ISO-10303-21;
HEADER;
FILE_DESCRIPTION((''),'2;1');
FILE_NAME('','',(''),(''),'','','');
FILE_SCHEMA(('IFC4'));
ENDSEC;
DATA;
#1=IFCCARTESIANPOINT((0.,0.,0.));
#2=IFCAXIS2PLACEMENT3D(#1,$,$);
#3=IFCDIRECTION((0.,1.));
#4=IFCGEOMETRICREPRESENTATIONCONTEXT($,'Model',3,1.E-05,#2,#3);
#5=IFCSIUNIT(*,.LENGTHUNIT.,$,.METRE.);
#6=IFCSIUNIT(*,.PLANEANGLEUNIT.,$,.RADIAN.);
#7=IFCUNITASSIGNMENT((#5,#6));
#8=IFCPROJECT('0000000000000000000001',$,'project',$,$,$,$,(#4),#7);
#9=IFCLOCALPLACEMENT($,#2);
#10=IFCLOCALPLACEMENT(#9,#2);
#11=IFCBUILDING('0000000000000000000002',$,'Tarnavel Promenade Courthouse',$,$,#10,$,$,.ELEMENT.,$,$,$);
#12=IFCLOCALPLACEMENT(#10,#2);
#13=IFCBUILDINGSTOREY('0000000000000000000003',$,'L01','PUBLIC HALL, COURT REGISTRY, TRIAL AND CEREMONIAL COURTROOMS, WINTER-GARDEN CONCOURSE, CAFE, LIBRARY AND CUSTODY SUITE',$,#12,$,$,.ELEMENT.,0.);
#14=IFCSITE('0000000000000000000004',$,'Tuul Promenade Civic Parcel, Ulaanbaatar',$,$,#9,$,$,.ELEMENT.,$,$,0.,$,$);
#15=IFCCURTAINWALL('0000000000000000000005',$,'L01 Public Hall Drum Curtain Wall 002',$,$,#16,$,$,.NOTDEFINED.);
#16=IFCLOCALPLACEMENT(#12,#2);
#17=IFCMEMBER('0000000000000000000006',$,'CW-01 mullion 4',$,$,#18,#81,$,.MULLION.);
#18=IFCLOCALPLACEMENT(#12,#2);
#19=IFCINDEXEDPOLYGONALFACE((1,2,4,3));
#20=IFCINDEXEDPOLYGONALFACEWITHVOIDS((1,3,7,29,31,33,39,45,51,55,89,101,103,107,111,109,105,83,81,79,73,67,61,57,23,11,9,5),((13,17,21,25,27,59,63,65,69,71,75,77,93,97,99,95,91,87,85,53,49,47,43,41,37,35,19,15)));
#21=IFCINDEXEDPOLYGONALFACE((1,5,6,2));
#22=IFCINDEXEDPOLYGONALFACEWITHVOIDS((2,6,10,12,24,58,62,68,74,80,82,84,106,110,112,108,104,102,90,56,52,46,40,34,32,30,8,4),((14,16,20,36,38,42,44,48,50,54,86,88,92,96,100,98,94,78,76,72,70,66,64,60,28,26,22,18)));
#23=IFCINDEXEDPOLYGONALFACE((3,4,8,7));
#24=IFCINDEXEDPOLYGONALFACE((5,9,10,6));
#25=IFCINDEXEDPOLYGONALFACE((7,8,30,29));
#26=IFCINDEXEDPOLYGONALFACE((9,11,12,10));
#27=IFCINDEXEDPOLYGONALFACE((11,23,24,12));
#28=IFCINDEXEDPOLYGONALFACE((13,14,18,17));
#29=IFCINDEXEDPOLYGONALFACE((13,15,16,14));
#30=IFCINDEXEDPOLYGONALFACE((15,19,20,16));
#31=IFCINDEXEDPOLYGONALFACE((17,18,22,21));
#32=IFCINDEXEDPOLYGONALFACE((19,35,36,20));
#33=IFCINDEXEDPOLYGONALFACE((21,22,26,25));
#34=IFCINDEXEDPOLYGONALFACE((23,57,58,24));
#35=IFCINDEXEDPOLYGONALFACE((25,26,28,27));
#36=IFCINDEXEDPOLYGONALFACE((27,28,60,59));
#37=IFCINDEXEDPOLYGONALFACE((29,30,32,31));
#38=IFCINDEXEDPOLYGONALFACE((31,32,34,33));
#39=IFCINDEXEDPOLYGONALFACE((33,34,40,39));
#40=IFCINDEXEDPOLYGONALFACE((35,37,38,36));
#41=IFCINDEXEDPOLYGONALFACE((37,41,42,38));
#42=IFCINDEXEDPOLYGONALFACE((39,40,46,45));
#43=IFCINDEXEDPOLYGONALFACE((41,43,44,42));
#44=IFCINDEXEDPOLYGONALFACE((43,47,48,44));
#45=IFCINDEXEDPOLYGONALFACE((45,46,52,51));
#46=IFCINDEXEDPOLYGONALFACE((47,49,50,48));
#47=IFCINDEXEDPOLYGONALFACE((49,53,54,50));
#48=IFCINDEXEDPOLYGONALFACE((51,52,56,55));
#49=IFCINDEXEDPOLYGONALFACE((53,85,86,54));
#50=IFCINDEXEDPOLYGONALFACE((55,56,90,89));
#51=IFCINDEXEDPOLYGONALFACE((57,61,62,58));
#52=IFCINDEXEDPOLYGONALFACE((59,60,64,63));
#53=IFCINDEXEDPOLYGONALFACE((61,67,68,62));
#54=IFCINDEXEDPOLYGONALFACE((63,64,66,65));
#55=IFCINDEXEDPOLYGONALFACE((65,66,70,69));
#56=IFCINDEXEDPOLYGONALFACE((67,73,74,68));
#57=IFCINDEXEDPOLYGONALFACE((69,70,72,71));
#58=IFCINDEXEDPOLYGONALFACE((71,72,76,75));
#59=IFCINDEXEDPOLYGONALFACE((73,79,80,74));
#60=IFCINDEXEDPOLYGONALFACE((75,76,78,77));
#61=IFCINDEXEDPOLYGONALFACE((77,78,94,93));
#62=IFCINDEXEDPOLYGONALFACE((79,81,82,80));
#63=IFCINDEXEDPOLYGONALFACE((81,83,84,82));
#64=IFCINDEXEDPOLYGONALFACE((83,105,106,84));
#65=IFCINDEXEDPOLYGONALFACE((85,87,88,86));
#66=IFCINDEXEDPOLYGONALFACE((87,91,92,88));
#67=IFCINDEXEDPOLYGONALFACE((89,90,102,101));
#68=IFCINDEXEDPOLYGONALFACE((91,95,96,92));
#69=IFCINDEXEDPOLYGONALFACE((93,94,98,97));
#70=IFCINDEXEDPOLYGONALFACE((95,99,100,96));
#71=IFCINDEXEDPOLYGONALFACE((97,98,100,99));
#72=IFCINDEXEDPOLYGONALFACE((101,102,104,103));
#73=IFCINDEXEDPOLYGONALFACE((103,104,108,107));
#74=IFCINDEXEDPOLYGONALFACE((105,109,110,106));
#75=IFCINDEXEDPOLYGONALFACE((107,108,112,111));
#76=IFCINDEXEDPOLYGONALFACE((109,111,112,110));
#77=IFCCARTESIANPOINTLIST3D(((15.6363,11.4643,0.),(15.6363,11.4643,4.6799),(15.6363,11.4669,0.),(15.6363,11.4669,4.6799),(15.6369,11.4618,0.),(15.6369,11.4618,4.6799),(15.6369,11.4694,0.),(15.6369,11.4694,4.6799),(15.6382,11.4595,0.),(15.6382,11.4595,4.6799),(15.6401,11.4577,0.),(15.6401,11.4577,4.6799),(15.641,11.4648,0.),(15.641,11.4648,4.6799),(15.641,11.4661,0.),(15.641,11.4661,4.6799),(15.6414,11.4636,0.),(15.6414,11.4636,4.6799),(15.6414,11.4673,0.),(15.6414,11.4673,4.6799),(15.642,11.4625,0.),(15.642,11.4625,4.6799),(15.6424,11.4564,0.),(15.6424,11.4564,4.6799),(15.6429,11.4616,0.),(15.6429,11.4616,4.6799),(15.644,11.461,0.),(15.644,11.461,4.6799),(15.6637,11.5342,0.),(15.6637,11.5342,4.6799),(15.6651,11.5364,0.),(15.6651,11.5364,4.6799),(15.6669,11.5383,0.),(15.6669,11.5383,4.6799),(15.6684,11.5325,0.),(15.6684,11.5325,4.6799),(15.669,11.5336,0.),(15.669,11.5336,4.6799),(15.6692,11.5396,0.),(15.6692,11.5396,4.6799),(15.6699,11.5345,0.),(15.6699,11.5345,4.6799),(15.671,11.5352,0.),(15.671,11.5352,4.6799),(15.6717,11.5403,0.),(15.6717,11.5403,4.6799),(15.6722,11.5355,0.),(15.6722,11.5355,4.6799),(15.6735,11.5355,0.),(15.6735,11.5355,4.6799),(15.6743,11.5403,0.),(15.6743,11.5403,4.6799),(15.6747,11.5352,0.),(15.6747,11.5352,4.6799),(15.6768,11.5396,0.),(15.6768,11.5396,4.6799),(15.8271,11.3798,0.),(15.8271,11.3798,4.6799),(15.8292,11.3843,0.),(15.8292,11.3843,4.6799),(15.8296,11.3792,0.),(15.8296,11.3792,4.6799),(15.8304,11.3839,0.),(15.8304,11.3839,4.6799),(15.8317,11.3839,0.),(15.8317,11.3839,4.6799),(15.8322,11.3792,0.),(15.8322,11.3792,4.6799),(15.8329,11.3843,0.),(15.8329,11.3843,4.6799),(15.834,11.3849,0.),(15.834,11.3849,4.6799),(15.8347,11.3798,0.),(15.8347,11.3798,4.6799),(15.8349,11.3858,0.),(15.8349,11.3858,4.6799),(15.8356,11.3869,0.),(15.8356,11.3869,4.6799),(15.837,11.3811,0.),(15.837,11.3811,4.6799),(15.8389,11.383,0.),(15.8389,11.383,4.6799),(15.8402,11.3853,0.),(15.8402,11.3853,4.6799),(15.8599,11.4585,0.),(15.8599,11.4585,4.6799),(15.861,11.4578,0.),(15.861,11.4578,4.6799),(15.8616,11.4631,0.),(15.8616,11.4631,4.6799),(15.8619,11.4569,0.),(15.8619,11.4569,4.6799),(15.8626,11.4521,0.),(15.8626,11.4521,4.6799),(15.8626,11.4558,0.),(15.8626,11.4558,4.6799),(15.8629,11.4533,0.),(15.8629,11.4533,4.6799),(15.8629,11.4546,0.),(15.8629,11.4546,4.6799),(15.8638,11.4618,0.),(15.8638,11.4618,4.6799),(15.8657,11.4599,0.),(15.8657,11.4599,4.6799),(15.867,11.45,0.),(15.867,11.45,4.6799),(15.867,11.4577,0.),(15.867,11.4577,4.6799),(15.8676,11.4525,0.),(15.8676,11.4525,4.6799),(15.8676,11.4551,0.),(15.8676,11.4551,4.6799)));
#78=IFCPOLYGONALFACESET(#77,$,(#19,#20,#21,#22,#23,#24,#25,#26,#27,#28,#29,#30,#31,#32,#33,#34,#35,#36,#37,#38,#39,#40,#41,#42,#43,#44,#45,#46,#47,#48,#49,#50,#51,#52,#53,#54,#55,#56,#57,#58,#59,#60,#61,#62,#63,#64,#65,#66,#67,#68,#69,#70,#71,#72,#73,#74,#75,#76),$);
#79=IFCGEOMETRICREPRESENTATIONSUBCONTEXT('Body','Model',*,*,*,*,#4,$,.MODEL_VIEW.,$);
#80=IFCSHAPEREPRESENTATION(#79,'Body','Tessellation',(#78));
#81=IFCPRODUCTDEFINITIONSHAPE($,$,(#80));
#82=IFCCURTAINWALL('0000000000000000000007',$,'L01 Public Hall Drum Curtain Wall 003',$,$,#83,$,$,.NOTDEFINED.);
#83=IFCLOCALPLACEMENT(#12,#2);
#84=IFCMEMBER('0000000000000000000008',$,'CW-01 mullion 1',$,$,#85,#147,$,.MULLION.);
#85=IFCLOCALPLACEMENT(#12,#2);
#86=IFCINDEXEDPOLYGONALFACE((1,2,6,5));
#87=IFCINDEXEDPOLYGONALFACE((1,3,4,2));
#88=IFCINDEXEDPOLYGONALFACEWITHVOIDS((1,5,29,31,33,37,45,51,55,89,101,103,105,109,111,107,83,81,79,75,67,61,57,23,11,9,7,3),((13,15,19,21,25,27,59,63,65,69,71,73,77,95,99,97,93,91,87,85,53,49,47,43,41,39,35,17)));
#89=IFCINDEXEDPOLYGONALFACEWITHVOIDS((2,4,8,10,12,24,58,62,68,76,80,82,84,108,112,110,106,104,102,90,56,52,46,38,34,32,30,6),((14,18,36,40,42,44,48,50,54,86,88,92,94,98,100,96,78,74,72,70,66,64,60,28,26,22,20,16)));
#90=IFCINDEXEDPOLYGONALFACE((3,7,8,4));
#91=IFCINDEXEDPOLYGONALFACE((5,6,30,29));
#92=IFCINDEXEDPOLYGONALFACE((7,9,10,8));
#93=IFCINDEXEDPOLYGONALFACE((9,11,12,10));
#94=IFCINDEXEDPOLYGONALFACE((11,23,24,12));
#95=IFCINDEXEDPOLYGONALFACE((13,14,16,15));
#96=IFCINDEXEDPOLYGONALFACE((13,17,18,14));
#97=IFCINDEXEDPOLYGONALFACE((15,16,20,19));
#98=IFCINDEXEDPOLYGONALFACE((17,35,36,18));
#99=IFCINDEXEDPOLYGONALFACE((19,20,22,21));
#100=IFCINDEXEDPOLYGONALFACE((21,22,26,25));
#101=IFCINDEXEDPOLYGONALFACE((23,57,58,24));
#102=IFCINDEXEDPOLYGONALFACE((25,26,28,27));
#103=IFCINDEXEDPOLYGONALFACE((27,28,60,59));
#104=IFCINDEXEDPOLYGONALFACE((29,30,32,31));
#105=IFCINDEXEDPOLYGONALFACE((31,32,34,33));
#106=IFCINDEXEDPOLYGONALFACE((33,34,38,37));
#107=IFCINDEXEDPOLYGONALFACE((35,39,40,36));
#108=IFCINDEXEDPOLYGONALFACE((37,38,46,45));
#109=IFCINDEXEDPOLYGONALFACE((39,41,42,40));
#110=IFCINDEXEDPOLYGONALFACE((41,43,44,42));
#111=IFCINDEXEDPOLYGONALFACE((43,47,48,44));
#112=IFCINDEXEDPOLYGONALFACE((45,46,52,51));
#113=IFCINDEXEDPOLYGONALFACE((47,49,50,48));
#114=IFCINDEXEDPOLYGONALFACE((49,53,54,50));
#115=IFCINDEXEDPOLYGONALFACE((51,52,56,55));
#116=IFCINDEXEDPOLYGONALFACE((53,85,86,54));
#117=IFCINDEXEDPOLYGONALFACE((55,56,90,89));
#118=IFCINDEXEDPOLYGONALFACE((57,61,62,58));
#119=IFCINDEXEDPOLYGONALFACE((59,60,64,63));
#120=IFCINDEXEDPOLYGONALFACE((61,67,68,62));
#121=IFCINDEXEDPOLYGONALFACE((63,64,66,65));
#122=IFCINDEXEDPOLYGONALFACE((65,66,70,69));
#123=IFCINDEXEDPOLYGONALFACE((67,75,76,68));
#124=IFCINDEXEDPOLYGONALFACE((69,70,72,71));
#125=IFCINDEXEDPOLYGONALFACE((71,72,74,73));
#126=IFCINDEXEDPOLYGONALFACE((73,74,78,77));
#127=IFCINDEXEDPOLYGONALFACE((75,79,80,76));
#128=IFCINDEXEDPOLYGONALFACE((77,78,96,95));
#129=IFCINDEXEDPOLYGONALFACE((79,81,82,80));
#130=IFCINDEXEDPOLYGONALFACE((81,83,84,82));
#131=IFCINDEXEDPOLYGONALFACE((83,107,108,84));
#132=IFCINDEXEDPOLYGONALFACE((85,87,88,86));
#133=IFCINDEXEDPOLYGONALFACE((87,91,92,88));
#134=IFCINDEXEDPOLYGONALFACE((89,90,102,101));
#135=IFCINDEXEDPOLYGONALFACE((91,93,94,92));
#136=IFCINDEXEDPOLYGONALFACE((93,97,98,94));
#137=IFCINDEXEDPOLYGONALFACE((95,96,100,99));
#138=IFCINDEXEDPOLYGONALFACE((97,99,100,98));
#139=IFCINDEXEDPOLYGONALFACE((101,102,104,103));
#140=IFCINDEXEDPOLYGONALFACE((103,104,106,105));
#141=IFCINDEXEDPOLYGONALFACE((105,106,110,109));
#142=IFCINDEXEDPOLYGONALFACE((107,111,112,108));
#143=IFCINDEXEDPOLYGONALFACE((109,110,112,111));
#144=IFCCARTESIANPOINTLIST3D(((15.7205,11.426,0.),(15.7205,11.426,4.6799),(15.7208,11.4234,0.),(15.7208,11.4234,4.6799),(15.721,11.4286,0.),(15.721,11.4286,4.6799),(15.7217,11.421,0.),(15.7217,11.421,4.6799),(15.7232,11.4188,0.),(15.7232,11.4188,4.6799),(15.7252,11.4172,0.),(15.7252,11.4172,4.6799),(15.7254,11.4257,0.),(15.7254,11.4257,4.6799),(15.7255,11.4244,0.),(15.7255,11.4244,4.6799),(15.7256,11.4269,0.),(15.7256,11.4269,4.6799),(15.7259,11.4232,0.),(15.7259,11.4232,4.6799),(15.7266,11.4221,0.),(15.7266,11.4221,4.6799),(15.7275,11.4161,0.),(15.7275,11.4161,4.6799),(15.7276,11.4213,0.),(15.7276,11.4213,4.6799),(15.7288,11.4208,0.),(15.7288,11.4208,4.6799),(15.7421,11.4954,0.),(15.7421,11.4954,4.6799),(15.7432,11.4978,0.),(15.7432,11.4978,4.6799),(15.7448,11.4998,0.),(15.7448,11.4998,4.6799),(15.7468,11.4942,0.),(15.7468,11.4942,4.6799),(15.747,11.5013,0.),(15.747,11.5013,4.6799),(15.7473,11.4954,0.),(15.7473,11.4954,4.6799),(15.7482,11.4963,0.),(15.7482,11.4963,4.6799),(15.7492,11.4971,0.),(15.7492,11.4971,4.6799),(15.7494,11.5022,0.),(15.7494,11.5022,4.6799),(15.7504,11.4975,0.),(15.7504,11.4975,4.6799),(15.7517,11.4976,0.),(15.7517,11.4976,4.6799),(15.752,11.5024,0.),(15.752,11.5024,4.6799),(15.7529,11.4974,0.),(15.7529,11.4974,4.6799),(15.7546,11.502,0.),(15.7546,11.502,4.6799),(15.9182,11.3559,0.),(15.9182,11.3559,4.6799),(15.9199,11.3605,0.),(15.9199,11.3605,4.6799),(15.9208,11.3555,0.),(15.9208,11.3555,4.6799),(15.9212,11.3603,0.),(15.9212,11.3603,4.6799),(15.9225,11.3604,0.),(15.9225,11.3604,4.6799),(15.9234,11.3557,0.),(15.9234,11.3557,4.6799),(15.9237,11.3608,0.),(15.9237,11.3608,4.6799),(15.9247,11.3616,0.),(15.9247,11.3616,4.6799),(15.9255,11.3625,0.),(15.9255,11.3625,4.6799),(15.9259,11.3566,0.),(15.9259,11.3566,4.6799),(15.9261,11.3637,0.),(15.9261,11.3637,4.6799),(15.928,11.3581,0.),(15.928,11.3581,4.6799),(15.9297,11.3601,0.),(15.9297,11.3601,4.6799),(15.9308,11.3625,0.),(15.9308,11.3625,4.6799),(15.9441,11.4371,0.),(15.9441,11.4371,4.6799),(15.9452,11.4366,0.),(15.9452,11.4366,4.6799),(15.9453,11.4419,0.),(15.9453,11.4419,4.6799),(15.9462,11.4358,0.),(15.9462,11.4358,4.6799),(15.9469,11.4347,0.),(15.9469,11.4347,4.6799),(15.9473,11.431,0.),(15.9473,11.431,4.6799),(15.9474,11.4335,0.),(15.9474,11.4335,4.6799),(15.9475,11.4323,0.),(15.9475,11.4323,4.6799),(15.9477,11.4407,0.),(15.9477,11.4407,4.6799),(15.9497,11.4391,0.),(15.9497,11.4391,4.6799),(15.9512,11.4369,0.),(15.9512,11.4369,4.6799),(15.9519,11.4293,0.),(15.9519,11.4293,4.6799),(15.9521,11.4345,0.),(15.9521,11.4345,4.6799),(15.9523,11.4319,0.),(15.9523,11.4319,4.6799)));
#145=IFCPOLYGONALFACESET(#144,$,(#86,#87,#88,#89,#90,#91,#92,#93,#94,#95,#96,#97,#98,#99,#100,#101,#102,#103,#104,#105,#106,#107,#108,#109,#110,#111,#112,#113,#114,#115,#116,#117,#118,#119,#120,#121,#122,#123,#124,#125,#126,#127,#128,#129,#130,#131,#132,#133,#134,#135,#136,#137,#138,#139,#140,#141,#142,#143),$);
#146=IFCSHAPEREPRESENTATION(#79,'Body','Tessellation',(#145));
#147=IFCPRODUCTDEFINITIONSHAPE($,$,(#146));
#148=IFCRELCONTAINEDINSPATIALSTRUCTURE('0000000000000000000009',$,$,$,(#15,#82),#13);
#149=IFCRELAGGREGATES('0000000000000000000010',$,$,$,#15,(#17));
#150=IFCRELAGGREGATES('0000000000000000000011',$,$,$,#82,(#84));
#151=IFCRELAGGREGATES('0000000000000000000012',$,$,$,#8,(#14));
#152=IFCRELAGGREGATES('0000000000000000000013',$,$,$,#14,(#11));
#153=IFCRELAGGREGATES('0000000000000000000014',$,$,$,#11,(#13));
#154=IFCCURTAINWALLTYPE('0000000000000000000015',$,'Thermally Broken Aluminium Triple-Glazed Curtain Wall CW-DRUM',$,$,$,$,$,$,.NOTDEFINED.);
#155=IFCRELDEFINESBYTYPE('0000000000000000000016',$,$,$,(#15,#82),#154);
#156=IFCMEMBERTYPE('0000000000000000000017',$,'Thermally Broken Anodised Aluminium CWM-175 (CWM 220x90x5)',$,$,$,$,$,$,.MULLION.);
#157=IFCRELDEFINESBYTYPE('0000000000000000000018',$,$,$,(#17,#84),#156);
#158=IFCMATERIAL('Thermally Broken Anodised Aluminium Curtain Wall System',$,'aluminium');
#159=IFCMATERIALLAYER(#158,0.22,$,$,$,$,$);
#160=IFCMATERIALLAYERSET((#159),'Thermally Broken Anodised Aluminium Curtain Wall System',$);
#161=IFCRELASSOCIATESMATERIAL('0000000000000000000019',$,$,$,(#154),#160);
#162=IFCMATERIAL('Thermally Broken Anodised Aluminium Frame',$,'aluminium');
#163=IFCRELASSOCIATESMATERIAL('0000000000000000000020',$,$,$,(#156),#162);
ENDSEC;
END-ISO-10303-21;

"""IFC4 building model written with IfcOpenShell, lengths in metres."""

from ifc_helpers import new_model, si_unit, direction, frame, origin, origin_2d, place, context, subcontext, project, spatial, hollow_rectangle, extrude, material, layer, layer_set, material_profile, profile_set, type_object, element, aggregate, save


model = new_model("IFC4")

# Units and contexts
model_context = context("Model", 3, precision=1e-05, world=origin(), true_north=direction((0.0, 1.0)))
body_context = subcontext(model_context, "Body", "Model", "MODEL_VIEW")
ifc_project = project(units=[si_unit("LENGTHUNIT", "METRE"), si_unit("PLANEANGLEUNIT", "RADIAN")], contexts=[model_context])

# Site, building, storey
site_placement = place(None, origin())
site = spatial("IfcSite", under=ifc_project, at=site_placement, Name="Tuul Promenade Civic Parcel, Ulaanbaatar", CompositionType="ELEMENT", RefElevation=0.0)
building_placement = place(site_placement, origin())
building = spatial("IfcBuilding", under=site, at=building_placement, Name="Tarnavel Promenade Courthouse", CompositionType="ELEMENT")
storey_placement = place(building_placement, origin())
storey = spatial("IfcBuildingStorey", under=building, at=storey_placement, Name="L01", Description="PUBLIC HALL, COURT REGISTRY, TRIAL AND CEREMONIAL COURTROOMS, WINTER-GARDEN CONCOURSE, CAFE, LIBRARY AND CUSTODY SUITE", CompositionType="ELEMENT", Elevation=0.0)

# Curtain walls, members
ifc_material_1 = material(Name="Thermally Broken Anodised Aluminium Curtain Wall System", Category="aluminium")
ifc_layer_1 = layer(ifc_material_1, 0.22)
ifc_layer_set_1 = layer_set([ifc_layer_1], Name="Thermally Broken Anodised Aluminium Curtain Wall System")
curtain_wall_type = type_object("IfcCurtainWallType", Name="Thermally Broken Aluminium Triple-Glazed Curtain Wall CW-DRUM", PredefinedType="NOTDEFINED", material=ifc_layer_set_1)
curtain_wall_1_placement = place(storey_placement, origin())
curtain_wall_1 = element("IfcCurtainWall", 1, at=curtain_wall_1_placement, inside=storey, type_object=curtain_wall_type, Name="L01 Public Hall Drum Curtain Wall 002", PredefinedType="NOTDEFINED")
ifc_material_2 = material(Name="Thermally Broken Anodised Aluminium Frame", Category="aluminium")
ifc_material_profile_1 = material_profile(ifc_material_2, hollow_rectangle(XDim=0.0901, YDim=0.22, WallThickness=0.0049, InnerFilletRadius=0.0049, OuterFilletRadius=0.01, at=origin_2d()), Name="CWM 220x90x5")
ifc_profile_set_1 = profile_set([ifc_material_profile_1], Name="Thermally Broken Anodised Aluminium Frame")
member_type_1 = type_object("IfcMemberType", Name="Thermally Broken Anodised Aluminium CWM-175 (CWM 220x90x5)", PredefinedType="MULLION", material=ifc_profile_set_1)
member_1_placement = place(storey_placement, frame((15.752, 11.4597, 0.0), z_axis=(0.0, 0.0, 1.0), x_axis=(0.382685, 0.923879, 0.0)))
member_1 = element("IfcMember", 2, at=member_1_placement, type_object=member_type_1, Name="CW-01 mullion 4", PredefinedType="MULLION", context=body_context, shape_type="SweptSolid", body=[
    extrude(hollow_rectangle(XDim=0.0901, YDim=0.22, WallThickness=0.0049, InnerFilletRadius=0.0049, OuterFilletRadius=0.01, at=origin_2d()), origin(), (0.0, 0.0, 1.0), 4.6799),
])
curtain_wall_2_placement = place(storey_placement, origin())
curtain_wall_2 = element("IfcCurtainWall", 3, at=curtain_wall_2_placement, inside=storey, type_object=curtain_wall_type, Name="L01 Public Hall Drum Curtain Wall 003", PredefinedType="NOTDEFINED")
member_2_placement = place(storey_placement, frame((15.8364, 11.429, 0.0), z_axis=(0.0, 0.0, 1.0), x_axis=(0.300704, 0.953718, 0.0)))
member_2 = element("IfcMember", 4, at=member_2_placement, type_object=member_type_1, Name="CW-01 mullion 1", PredefinedType="MULLION", context=body_context, shape_type="SweptSolid", body=[
    extrude(hollow_rectangle(XDim=0.0901, YDim=0.22, WallThickness=0.0049, InnerFilletRadius=0.0049, OuterFilletRadius=0.01, at=origin_2d()), origin(), (0.0, 0.0, 1.0), 4.6799),
])

aggregate(curtain_wall_1, [member_1])
aggregate(curtain_wall_2, [member_2])

save(model, "model.ifc")
